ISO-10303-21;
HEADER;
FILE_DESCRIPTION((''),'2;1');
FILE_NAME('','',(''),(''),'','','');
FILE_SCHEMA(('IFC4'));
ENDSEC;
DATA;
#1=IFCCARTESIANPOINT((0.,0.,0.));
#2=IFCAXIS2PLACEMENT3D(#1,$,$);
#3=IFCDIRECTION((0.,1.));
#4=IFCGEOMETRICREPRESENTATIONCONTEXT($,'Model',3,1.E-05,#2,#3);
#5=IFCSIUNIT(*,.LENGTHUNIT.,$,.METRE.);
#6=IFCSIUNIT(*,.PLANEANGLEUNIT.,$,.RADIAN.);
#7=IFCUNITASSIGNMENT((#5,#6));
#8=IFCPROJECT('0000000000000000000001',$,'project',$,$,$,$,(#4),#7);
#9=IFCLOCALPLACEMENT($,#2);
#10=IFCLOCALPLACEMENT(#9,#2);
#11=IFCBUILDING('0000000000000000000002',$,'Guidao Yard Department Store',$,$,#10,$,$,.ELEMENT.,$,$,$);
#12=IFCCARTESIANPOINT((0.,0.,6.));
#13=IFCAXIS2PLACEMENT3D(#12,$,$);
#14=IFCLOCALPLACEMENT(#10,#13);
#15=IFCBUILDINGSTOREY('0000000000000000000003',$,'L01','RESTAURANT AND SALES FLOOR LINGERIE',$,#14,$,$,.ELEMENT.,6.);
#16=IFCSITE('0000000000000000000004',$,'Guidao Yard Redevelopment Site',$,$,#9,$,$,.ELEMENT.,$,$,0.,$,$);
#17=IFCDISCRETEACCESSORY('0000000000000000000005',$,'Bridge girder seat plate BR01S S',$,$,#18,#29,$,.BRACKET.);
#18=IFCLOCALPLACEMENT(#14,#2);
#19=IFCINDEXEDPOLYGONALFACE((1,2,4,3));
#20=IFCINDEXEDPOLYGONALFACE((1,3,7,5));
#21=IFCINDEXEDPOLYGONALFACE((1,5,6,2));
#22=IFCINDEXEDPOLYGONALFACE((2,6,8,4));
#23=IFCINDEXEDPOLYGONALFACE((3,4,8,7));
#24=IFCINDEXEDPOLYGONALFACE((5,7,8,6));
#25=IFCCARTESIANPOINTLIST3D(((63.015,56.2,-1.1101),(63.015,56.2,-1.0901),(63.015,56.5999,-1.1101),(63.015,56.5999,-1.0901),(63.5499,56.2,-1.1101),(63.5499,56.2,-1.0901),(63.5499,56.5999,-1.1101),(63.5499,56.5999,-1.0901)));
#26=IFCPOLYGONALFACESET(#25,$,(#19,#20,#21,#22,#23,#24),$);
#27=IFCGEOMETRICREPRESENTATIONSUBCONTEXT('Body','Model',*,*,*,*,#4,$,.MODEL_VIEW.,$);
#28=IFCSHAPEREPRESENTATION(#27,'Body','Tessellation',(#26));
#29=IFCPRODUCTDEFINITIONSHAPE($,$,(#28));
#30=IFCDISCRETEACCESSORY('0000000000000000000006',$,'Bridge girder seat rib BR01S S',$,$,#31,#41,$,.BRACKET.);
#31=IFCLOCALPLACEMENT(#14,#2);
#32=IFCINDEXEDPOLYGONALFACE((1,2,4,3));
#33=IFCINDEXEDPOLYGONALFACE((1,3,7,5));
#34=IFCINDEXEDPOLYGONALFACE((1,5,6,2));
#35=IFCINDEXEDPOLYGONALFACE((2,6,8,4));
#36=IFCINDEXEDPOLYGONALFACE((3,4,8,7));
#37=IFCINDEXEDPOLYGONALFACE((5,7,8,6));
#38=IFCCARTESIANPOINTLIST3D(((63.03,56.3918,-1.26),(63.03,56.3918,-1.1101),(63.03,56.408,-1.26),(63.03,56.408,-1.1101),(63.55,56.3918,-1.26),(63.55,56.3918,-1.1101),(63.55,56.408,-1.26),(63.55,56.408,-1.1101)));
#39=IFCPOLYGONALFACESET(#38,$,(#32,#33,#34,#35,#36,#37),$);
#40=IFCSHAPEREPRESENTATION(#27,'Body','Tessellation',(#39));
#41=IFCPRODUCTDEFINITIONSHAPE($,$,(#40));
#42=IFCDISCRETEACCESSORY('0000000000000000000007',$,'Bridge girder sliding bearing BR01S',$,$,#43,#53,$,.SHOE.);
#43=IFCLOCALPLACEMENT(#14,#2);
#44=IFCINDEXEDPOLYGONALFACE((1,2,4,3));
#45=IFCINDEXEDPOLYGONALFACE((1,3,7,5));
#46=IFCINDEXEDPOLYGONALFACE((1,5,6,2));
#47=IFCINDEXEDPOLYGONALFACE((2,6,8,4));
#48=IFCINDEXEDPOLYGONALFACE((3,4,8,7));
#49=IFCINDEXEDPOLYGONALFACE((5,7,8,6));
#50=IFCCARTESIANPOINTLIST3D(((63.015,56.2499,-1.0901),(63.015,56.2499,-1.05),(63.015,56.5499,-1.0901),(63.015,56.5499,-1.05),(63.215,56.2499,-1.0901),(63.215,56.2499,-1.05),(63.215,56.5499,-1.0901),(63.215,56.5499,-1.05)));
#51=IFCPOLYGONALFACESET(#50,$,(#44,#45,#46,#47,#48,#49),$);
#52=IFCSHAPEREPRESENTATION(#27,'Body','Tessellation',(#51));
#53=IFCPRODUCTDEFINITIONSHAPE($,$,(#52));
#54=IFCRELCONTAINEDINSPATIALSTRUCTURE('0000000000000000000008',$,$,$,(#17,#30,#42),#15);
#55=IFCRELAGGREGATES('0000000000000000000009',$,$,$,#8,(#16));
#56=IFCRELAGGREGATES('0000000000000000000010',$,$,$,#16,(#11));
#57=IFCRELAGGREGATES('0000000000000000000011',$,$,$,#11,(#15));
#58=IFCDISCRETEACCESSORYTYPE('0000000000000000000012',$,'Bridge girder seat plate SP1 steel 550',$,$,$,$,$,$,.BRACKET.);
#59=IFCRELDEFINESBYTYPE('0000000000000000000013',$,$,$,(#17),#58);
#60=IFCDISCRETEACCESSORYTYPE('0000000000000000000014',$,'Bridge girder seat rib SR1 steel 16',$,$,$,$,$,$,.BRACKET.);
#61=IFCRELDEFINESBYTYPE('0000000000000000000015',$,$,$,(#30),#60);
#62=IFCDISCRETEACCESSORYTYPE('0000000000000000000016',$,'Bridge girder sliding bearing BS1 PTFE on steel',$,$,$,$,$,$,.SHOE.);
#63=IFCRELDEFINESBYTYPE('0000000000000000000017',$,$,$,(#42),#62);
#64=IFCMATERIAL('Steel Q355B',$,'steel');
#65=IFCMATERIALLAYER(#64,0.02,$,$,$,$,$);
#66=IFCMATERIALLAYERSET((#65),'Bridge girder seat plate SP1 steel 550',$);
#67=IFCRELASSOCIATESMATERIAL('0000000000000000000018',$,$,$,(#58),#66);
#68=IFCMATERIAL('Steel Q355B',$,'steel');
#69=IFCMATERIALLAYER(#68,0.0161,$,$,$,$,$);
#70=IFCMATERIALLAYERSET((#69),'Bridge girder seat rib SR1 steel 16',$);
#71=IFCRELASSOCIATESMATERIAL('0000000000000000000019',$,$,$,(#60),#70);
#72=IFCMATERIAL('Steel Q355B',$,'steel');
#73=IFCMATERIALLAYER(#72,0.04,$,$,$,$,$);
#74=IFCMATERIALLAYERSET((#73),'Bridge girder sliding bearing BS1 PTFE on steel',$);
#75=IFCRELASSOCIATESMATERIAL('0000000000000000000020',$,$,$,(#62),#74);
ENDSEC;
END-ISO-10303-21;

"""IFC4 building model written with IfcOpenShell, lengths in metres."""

from ifc_helpers import new_model, si_unit, direction, frame, origin, origin_2d, place, context, subcontext, project, spatial, rectangle, extrude, material, layer, layer_set, type_object, element, save


model = new_model("IFC4")

# Units and contexts
model_context = context("Model", 3, precision=1e-05, world=origin(), true_north=direction((0.0, 1.0)))
body_context = subcontext(model_context, "Body", "Model", "MODEL_VIEW")
ifc_project = project(units=[si_unit("LENGTHUNIT", "METRE"), si_unit("PLANEANGLEUNIT", "RADIAN")], contexts=[model_context])

# Site, building, storey
site_placement = place(None, origin())
site = spatial("IfcSite", under=ifc_project, at=site_placement, Name="Guidao Yard Redevelopment Site", CompositionType="ELEMENT", RefElevation=0.0)
building_placement = place(site_placement, origin())
building = spatial("IfcBuilding", under=site, at=building_placement, Name="Guidao Yard Department Store", CompositionType="ELEMENT")
storey_placement = place(building_placement, frame((0.0, 0.0, 6.0)))
storey = spatial("IfcBuildingStorey", under=building, at=storey_placement, Name="L01", Description="RESTAURANT AND SALES FLOOR LINGERIE", CompositionType="ELEMENT", Elevation=6.0)

# Discrete accessories
ifc_material_1 = material(Name="Steel Q355B", Category="steel")
ifc_layer_1 = layer(ifc_material_1, 0.02)
ifc_layer_set_1 = layer_set([ifc_layer_1], Name="Bridge girder seat plate SP1 steel 550")
discrete_accessory_type_1 = type_object("IfcDiscreteAccessoryType", Name="Bridge girder seat plate SP1 steel 550", PredefinedType="BRACKET", material=ifc_layer_set_1)
discrete_accessory_1_placement = place(storey_placement, frame((63.2825, 56.3999, -1.1101), z_axis=(0.0, 0.0, 1.0), x_axis=(1.0, 0.0, 0.0)))
element("IfcDiscreteAccessory", 1, at=discrete_accessory_1_placement, inside=storey, type_object=discrete_accessory_type_1, Name="Bridge girder seat plate BR01S S", PredefinedType="BRACKET", context=body_context, shape_type="SweptSolid", body=[
    extrude(rectangle(XDim=0.5349, YDim=0.3999, at=origin_2d()), origin(), (0.0, 0.0, 1.0), 0.02),
])
ifc_material_2 = material(Name="Steel Q355B", Category="steel")
ifc_layer_2 = layer(ifc_material_2, 0.0161)
ifc_layer_set_2 = layer_set([ifc_layer_2], Name="Bridge girder seat rib SR1 steel 16")
discrete_accessory_type_2 = type_object("IfcDiscreteAccessoryType", Name="Bridge girder seat rib SR1 steel 16", PredefinedType="BRACKET", material=ifc_layer_set_2)
discrete_accessory_2_placement = place(storey_placement, frame((63.29, 56.3999, -1.26), z_axis=(0.0, 0.0, 1.0), x_axis=(1.0, 0.0, 0.0)))
element("IfcDiscreteAccessory", 2, at=discrete_accessory_2_placement, inside=storey, type_object=discrete_accessory_type_2, Name="Bridge girder seat rib BR01S S", PredefinedType="BRACKET", context=body_context, shape_type="SweptSolid", body=[
    extrude(rectangle(XDim=0.52, YDim=0.0161, at=origin_2d()), origin(), (0.0, 0.0, 1.0), 0.1499),
])
ifc_material_3 = material(Name="Steel Q355B", Category="steel")
ifc_layer_3 = layer(ifc_material_3, 0.04)
ifc_layer_set_3 = layer_set([ifc_layer_3], Name="Bridge girder sliding bearing BS1 PTFE on steel")
discrete_accessory_type_3 = type_object("IfcDiscreteAccessoryType", Name="Bridge girder sliding bearing BS1 PTFE on steel", PredefinedType="SHOE", material=ifc_layer_set_3)
discrete_accessory_3_placement = place(storey_placement, frame((63.115, 56.3999, -1.0901), z_axis=(0.0, 0.0, 1.0), x_axis=(1.0, 0.0, 0.0)))
element("IfcDiscreteAccessory", 3, at=discrete_accessory_3_placement, inside=storey, type_object=discrete_accessory_type_3, Name="Bridge girder sliding bearing BR01S", PredefinedType="SHOE", context=body_context, shape_type="SweptSolid", body=[
    extrude(rectangle(XDim=0.2, YDim=0.3, at=origin_2d()), origin(), (0.0, 0.0, 1.0), 0.04),
])

save(model, "model.ifc")
